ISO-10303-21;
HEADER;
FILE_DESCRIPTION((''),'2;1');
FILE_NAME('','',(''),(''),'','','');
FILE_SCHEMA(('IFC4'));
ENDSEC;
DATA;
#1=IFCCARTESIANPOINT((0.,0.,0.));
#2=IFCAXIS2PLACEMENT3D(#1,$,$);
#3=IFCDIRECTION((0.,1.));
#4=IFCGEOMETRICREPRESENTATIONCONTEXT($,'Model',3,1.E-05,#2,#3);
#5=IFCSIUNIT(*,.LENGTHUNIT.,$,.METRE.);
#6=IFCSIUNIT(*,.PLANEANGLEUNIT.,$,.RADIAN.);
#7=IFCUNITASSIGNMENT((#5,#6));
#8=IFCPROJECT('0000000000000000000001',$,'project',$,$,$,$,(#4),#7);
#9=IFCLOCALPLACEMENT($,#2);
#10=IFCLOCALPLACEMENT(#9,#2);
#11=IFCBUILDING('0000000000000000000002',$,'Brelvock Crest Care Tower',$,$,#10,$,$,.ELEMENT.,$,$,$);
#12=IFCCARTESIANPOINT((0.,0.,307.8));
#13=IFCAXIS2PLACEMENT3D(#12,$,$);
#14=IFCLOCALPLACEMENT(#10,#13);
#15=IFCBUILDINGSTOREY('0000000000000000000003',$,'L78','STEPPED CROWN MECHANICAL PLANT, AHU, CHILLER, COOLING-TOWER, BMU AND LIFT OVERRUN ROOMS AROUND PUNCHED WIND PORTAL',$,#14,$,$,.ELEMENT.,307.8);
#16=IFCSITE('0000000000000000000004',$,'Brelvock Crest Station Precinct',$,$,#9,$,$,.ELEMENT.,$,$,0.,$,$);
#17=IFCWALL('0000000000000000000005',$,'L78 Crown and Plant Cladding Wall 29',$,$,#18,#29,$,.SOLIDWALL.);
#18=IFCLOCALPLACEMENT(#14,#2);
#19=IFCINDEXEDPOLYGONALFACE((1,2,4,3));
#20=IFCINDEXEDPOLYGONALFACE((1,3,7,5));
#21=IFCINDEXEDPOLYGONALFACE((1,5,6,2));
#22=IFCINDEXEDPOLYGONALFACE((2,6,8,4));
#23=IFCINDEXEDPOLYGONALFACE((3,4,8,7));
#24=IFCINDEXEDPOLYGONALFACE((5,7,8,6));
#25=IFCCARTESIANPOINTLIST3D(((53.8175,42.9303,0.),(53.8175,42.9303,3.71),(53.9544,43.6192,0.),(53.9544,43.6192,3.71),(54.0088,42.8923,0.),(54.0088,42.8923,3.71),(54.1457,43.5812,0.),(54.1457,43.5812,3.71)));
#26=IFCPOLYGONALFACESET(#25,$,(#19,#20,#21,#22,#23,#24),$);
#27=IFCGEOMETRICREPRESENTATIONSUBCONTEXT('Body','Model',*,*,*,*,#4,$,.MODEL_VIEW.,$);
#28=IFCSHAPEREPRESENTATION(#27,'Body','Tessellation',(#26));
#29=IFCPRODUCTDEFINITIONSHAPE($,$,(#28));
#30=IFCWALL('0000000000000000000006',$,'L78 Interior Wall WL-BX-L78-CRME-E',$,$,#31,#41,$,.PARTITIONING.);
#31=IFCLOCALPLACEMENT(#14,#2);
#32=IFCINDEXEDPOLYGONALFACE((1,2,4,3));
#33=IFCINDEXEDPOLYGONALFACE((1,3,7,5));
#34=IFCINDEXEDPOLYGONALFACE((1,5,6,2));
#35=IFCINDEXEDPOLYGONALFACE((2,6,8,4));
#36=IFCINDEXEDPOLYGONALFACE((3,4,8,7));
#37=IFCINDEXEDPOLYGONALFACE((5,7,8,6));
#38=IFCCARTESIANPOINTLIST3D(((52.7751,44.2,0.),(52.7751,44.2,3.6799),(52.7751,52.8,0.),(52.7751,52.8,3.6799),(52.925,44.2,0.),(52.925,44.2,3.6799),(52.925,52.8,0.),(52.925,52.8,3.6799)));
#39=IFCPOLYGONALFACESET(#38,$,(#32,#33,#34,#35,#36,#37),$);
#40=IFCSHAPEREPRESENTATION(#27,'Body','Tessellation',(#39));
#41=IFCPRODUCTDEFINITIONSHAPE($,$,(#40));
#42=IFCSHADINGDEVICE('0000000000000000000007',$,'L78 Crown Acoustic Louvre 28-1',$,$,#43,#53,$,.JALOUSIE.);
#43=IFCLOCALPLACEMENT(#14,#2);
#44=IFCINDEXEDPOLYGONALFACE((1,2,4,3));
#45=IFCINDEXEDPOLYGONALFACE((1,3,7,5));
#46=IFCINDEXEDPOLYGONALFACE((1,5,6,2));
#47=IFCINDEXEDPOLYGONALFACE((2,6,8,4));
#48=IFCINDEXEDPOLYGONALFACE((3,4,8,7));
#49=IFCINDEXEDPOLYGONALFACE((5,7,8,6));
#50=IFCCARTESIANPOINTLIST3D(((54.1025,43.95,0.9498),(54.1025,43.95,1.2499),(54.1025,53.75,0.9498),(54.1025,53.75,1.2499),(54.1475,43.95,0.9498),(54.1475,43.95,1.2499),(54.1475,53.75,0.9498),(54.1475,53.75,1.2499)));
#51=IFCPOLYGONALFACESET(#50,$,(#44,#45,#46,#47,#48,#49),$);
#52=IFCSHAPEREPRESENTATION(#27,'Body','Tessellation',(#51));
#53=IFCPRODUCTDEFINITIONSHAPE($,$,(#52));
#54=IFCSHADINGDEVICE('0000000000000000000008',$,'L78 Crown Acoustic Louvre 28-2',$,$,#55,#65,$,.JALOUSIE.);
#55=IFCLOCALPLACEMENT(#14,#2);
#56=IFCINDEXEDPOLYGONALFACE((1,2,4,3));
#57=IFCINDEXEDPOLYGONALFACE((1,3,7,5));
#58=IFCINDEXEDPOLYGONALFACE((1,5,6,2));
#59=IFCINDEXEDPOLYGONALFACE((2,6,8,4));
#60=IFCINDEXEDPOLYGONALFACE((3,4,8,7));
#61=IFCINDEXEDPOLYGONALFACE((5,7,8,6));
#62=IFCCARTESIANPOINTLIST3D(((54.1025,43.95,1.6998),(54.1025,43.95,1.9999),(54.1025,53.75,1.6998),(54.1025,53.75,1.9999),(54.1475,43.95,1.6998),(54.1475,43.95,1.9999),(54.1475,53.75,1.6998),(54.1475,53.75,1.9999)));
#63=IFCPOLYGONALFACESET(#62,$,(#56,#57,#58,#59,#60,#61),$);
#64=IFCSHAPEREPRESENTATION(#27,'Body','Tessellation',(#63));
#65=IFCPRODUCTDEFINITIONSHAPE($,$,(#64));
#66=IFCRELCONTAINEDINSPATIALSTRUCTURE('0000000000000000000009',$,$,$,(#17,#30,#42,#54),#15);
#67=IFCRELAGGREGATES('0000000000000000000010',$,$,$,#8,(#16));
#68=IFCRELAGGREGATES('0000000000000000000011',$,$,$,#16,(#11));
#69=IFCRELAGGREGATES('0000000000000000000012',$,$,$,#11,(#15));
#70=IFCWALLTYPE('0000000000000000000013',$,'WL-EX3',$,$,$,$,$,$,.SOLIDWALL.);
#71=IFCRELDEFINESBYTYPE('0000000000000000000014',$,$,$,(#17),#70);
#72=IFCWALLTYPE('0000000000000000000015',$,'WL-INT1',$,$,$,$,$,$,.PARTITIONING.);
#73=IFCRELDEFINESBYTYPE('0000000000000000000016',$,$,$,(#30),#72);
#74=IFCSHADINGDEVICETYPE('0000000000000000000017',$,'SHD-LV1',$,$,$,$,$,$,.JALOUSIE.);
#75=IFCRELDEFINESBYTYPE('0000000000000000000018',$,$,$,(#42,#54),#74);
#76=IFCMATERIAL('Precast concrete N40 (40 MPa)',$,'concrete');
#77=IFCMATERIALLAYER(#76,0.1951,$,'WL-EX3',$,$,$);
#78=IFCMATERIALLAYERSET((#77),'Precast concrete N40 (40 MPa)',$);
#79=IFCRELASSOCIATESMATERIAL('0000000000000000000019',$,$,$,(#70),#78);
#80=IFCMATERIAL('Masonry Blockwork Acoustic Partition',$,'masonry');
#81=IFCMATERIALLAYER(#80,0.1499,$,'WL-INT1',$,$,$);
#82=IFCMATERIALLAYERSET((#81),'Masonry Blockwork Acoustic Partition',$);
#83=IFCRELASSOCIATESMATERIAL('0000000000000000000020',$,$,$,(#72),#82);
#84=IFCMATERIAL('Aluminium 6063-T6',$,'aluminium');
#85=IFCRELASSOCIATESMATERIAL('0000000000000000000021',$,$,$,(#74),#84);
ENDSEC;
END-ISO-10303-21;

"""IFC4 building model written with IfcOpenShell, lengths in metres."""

from ifc_helpers import new_model, si_unit, direction, frame, frame_2d, origin, origin_2d, place, context, subcontext, project, spatial, rectangle, extrude, source, transform, mapped, material, layer, layer_set, material_profile, profile_set, type_object, element, save


model = new_model("IFC4")

# Units and contexts
model_context = context("Model", 3, precision=1e-05, world=origin(), true_north=direction((0.0, 1.0)))
body_context = subcontext(model_context, "Body", "Model", "MODEL_VIEW")
ifc_project = project(units=[si_unit("LENGTHUNIT", "METRE"), si_unit("PLANEANGLEUNIT", "RADIAN")], contexts=[model_context])

# Site, building, storey
site_placement = place(None, origin())
site = spatial("IfcSite", under=ifc_project, at=site_placement, Name="Brelvock Crest Station Precinct", CompositionType="ELEMENT", RefElevation=0.0)
building_placement = place(site_placement, origin())
building = spatial("IfcBuilding", under=site, at=building_placement, Name="Brelvock Crest Care Tower", CompositionType="ELEMENT")
storey_placement = place(building_placement, frame((0.0, 0.0, 307.8)))
storey = spatial("IfcBuildingStorey", under=building, at=storey_placement, Name="L78", Description="STEPPED CROWN MECHANICAL PLANT, AHU, CHILLER, COOLING-TOWER, BMU AND LIFT OVERRUN ROOMS AROUND PUNCHED WIND PORTAL", CompositionType="ELEMENT", Elevation=307.8)

# Walls
ifc_material_1 = material(Name="Precast concrete N40 (40 MPa)", Category="concrete")
ifc_layer_1 = layer(ifc_material_1, 0.1951, Name="WL-EX3")
ifc_layer_set_1 = layer_set([ifc_layer_1], Name="Precast concrete N40 (40 MPa)")
wall_type_1 = type_object("IfcWallType", Name="WL-EX3", PredefinedType="SOLIDWALL", material=ifc_layer_set_1)
wall_1_placement = place(storey_placement, frame((54.05, 43.6001, 0.0), z_axis=(0.0, 0.0, 1.0), x_axis=(-0.19498, -0.980807, 0.0)))
element("IfcWall", 1, at=wall_1_placement, inside=storey, type_object=wall_type_1, Name="L78 Crown and Plant Cladding Wall 29", PredefinedType="SOLIDWALL", context=body_context, shape_type="SweptSolid", body=[
    extrude(rectangle(XDim=0.7024, YDim=0.1951, at=frame_2d((0.3511, 0.0))), origin(), (0.0, 0.0, 1.0), 3.71),
])
ifc_material_2 = material(Name="Masonry Blockwork Acoustic Partition", Category="masonry")
ifc_layer_2 = layer(ifc_material_2, 0.1499, Name="WL-INT1")
ifc_layer_set_2 = layer_set([ifc_layer_2], Name="Masonry Blockwork Acoustic Partition")
wall_type_2 = type_object("IfcWallType", Name="WL-INT1", PredefinedType="PARTITIONING", material=ifc_layer_set_2)
wall_2_placement = place(storey_placement, frame((52.8501, 44.2, 0.0), z_axis=(0.0, 0.0, 1.0), x_axis=(0.0, 1.0, 0.0)))
element("IfcWall", 2, at=wall_2_placement, inside=storey, type_object=wall_type_2, Name="L78 Interior Wall WL-BX-L78-CRME-E", PredefinedType="PARTITIONING", context=body_context, shape_type="SweptSolid", body=[
    extrude(rectangle(XDim=8.6001, YDim=0.1499, at=frame_2d((4.3, 0.0))), origin(), (0.0, 0.0, 1.0), 3.6799),
])

# Shading devices
ifc_material_3 = material(Name="Aluminium 6063-T6", Category="aluminium")
ifc_material_profile_1 = material_profile(ifc_material_3, rectangle(XDim=0.0449, YDim=0.3, at=origin_2d()), Name="LOUVRE45x300")
ifc_profile_set_1 = profile_set([ifc_material_profile_1], Name="Aluminium 6063-T6")
shading_device_type = type_object("IfcShadingDeviceType", Name="SHD-LV1", PredefinedType="JALOUSIE", material=ifc_profile_set_1)
shared_shape_1 = source(origin(), body_context, "Body", "SweptSolid", [
    extrude(rectangle(XDim=0.0449, YDim=0.3, at=origin_2d()), origin(), (0.0, 0.0, 1.0), 9.8),
])
for number, where, z_axis, x_axis, name in (
    (3, (54.125, 53.75, 1.0999), (0.0, -1.0, 0.0), (1.0, 0.0, 0.0), "L78 Crown Acoustic Louvre 28-1"),
    (4, (54.125, 53.75, 1.8499), (0.0, -1.0, 0.0), (1.0, 0.0, 0.0), "L78 Crown Acoustic Louvre 28-2"),
):
    element("IfcShadingDevice", number, at=place(storey_placement, frame(where, z_axis=z_axis, x_axis=x_axis)), inside=storey, type_object=shading_device_type, Name=name, PredefinedType="JALOUSIE", context=body_context, shape_type="MappedRepresentation", body=[
        mapped(shared_shape_1, transform((0.0, 0.0, 0.0), x_axis=(1.0, 0.0, 0.0), y_axis=(0.0, 1.0, 0.0), z_axis=(0.0, 0.0, 1.0), scale=1.0)),
    ])

save(model, "model.ifc")
